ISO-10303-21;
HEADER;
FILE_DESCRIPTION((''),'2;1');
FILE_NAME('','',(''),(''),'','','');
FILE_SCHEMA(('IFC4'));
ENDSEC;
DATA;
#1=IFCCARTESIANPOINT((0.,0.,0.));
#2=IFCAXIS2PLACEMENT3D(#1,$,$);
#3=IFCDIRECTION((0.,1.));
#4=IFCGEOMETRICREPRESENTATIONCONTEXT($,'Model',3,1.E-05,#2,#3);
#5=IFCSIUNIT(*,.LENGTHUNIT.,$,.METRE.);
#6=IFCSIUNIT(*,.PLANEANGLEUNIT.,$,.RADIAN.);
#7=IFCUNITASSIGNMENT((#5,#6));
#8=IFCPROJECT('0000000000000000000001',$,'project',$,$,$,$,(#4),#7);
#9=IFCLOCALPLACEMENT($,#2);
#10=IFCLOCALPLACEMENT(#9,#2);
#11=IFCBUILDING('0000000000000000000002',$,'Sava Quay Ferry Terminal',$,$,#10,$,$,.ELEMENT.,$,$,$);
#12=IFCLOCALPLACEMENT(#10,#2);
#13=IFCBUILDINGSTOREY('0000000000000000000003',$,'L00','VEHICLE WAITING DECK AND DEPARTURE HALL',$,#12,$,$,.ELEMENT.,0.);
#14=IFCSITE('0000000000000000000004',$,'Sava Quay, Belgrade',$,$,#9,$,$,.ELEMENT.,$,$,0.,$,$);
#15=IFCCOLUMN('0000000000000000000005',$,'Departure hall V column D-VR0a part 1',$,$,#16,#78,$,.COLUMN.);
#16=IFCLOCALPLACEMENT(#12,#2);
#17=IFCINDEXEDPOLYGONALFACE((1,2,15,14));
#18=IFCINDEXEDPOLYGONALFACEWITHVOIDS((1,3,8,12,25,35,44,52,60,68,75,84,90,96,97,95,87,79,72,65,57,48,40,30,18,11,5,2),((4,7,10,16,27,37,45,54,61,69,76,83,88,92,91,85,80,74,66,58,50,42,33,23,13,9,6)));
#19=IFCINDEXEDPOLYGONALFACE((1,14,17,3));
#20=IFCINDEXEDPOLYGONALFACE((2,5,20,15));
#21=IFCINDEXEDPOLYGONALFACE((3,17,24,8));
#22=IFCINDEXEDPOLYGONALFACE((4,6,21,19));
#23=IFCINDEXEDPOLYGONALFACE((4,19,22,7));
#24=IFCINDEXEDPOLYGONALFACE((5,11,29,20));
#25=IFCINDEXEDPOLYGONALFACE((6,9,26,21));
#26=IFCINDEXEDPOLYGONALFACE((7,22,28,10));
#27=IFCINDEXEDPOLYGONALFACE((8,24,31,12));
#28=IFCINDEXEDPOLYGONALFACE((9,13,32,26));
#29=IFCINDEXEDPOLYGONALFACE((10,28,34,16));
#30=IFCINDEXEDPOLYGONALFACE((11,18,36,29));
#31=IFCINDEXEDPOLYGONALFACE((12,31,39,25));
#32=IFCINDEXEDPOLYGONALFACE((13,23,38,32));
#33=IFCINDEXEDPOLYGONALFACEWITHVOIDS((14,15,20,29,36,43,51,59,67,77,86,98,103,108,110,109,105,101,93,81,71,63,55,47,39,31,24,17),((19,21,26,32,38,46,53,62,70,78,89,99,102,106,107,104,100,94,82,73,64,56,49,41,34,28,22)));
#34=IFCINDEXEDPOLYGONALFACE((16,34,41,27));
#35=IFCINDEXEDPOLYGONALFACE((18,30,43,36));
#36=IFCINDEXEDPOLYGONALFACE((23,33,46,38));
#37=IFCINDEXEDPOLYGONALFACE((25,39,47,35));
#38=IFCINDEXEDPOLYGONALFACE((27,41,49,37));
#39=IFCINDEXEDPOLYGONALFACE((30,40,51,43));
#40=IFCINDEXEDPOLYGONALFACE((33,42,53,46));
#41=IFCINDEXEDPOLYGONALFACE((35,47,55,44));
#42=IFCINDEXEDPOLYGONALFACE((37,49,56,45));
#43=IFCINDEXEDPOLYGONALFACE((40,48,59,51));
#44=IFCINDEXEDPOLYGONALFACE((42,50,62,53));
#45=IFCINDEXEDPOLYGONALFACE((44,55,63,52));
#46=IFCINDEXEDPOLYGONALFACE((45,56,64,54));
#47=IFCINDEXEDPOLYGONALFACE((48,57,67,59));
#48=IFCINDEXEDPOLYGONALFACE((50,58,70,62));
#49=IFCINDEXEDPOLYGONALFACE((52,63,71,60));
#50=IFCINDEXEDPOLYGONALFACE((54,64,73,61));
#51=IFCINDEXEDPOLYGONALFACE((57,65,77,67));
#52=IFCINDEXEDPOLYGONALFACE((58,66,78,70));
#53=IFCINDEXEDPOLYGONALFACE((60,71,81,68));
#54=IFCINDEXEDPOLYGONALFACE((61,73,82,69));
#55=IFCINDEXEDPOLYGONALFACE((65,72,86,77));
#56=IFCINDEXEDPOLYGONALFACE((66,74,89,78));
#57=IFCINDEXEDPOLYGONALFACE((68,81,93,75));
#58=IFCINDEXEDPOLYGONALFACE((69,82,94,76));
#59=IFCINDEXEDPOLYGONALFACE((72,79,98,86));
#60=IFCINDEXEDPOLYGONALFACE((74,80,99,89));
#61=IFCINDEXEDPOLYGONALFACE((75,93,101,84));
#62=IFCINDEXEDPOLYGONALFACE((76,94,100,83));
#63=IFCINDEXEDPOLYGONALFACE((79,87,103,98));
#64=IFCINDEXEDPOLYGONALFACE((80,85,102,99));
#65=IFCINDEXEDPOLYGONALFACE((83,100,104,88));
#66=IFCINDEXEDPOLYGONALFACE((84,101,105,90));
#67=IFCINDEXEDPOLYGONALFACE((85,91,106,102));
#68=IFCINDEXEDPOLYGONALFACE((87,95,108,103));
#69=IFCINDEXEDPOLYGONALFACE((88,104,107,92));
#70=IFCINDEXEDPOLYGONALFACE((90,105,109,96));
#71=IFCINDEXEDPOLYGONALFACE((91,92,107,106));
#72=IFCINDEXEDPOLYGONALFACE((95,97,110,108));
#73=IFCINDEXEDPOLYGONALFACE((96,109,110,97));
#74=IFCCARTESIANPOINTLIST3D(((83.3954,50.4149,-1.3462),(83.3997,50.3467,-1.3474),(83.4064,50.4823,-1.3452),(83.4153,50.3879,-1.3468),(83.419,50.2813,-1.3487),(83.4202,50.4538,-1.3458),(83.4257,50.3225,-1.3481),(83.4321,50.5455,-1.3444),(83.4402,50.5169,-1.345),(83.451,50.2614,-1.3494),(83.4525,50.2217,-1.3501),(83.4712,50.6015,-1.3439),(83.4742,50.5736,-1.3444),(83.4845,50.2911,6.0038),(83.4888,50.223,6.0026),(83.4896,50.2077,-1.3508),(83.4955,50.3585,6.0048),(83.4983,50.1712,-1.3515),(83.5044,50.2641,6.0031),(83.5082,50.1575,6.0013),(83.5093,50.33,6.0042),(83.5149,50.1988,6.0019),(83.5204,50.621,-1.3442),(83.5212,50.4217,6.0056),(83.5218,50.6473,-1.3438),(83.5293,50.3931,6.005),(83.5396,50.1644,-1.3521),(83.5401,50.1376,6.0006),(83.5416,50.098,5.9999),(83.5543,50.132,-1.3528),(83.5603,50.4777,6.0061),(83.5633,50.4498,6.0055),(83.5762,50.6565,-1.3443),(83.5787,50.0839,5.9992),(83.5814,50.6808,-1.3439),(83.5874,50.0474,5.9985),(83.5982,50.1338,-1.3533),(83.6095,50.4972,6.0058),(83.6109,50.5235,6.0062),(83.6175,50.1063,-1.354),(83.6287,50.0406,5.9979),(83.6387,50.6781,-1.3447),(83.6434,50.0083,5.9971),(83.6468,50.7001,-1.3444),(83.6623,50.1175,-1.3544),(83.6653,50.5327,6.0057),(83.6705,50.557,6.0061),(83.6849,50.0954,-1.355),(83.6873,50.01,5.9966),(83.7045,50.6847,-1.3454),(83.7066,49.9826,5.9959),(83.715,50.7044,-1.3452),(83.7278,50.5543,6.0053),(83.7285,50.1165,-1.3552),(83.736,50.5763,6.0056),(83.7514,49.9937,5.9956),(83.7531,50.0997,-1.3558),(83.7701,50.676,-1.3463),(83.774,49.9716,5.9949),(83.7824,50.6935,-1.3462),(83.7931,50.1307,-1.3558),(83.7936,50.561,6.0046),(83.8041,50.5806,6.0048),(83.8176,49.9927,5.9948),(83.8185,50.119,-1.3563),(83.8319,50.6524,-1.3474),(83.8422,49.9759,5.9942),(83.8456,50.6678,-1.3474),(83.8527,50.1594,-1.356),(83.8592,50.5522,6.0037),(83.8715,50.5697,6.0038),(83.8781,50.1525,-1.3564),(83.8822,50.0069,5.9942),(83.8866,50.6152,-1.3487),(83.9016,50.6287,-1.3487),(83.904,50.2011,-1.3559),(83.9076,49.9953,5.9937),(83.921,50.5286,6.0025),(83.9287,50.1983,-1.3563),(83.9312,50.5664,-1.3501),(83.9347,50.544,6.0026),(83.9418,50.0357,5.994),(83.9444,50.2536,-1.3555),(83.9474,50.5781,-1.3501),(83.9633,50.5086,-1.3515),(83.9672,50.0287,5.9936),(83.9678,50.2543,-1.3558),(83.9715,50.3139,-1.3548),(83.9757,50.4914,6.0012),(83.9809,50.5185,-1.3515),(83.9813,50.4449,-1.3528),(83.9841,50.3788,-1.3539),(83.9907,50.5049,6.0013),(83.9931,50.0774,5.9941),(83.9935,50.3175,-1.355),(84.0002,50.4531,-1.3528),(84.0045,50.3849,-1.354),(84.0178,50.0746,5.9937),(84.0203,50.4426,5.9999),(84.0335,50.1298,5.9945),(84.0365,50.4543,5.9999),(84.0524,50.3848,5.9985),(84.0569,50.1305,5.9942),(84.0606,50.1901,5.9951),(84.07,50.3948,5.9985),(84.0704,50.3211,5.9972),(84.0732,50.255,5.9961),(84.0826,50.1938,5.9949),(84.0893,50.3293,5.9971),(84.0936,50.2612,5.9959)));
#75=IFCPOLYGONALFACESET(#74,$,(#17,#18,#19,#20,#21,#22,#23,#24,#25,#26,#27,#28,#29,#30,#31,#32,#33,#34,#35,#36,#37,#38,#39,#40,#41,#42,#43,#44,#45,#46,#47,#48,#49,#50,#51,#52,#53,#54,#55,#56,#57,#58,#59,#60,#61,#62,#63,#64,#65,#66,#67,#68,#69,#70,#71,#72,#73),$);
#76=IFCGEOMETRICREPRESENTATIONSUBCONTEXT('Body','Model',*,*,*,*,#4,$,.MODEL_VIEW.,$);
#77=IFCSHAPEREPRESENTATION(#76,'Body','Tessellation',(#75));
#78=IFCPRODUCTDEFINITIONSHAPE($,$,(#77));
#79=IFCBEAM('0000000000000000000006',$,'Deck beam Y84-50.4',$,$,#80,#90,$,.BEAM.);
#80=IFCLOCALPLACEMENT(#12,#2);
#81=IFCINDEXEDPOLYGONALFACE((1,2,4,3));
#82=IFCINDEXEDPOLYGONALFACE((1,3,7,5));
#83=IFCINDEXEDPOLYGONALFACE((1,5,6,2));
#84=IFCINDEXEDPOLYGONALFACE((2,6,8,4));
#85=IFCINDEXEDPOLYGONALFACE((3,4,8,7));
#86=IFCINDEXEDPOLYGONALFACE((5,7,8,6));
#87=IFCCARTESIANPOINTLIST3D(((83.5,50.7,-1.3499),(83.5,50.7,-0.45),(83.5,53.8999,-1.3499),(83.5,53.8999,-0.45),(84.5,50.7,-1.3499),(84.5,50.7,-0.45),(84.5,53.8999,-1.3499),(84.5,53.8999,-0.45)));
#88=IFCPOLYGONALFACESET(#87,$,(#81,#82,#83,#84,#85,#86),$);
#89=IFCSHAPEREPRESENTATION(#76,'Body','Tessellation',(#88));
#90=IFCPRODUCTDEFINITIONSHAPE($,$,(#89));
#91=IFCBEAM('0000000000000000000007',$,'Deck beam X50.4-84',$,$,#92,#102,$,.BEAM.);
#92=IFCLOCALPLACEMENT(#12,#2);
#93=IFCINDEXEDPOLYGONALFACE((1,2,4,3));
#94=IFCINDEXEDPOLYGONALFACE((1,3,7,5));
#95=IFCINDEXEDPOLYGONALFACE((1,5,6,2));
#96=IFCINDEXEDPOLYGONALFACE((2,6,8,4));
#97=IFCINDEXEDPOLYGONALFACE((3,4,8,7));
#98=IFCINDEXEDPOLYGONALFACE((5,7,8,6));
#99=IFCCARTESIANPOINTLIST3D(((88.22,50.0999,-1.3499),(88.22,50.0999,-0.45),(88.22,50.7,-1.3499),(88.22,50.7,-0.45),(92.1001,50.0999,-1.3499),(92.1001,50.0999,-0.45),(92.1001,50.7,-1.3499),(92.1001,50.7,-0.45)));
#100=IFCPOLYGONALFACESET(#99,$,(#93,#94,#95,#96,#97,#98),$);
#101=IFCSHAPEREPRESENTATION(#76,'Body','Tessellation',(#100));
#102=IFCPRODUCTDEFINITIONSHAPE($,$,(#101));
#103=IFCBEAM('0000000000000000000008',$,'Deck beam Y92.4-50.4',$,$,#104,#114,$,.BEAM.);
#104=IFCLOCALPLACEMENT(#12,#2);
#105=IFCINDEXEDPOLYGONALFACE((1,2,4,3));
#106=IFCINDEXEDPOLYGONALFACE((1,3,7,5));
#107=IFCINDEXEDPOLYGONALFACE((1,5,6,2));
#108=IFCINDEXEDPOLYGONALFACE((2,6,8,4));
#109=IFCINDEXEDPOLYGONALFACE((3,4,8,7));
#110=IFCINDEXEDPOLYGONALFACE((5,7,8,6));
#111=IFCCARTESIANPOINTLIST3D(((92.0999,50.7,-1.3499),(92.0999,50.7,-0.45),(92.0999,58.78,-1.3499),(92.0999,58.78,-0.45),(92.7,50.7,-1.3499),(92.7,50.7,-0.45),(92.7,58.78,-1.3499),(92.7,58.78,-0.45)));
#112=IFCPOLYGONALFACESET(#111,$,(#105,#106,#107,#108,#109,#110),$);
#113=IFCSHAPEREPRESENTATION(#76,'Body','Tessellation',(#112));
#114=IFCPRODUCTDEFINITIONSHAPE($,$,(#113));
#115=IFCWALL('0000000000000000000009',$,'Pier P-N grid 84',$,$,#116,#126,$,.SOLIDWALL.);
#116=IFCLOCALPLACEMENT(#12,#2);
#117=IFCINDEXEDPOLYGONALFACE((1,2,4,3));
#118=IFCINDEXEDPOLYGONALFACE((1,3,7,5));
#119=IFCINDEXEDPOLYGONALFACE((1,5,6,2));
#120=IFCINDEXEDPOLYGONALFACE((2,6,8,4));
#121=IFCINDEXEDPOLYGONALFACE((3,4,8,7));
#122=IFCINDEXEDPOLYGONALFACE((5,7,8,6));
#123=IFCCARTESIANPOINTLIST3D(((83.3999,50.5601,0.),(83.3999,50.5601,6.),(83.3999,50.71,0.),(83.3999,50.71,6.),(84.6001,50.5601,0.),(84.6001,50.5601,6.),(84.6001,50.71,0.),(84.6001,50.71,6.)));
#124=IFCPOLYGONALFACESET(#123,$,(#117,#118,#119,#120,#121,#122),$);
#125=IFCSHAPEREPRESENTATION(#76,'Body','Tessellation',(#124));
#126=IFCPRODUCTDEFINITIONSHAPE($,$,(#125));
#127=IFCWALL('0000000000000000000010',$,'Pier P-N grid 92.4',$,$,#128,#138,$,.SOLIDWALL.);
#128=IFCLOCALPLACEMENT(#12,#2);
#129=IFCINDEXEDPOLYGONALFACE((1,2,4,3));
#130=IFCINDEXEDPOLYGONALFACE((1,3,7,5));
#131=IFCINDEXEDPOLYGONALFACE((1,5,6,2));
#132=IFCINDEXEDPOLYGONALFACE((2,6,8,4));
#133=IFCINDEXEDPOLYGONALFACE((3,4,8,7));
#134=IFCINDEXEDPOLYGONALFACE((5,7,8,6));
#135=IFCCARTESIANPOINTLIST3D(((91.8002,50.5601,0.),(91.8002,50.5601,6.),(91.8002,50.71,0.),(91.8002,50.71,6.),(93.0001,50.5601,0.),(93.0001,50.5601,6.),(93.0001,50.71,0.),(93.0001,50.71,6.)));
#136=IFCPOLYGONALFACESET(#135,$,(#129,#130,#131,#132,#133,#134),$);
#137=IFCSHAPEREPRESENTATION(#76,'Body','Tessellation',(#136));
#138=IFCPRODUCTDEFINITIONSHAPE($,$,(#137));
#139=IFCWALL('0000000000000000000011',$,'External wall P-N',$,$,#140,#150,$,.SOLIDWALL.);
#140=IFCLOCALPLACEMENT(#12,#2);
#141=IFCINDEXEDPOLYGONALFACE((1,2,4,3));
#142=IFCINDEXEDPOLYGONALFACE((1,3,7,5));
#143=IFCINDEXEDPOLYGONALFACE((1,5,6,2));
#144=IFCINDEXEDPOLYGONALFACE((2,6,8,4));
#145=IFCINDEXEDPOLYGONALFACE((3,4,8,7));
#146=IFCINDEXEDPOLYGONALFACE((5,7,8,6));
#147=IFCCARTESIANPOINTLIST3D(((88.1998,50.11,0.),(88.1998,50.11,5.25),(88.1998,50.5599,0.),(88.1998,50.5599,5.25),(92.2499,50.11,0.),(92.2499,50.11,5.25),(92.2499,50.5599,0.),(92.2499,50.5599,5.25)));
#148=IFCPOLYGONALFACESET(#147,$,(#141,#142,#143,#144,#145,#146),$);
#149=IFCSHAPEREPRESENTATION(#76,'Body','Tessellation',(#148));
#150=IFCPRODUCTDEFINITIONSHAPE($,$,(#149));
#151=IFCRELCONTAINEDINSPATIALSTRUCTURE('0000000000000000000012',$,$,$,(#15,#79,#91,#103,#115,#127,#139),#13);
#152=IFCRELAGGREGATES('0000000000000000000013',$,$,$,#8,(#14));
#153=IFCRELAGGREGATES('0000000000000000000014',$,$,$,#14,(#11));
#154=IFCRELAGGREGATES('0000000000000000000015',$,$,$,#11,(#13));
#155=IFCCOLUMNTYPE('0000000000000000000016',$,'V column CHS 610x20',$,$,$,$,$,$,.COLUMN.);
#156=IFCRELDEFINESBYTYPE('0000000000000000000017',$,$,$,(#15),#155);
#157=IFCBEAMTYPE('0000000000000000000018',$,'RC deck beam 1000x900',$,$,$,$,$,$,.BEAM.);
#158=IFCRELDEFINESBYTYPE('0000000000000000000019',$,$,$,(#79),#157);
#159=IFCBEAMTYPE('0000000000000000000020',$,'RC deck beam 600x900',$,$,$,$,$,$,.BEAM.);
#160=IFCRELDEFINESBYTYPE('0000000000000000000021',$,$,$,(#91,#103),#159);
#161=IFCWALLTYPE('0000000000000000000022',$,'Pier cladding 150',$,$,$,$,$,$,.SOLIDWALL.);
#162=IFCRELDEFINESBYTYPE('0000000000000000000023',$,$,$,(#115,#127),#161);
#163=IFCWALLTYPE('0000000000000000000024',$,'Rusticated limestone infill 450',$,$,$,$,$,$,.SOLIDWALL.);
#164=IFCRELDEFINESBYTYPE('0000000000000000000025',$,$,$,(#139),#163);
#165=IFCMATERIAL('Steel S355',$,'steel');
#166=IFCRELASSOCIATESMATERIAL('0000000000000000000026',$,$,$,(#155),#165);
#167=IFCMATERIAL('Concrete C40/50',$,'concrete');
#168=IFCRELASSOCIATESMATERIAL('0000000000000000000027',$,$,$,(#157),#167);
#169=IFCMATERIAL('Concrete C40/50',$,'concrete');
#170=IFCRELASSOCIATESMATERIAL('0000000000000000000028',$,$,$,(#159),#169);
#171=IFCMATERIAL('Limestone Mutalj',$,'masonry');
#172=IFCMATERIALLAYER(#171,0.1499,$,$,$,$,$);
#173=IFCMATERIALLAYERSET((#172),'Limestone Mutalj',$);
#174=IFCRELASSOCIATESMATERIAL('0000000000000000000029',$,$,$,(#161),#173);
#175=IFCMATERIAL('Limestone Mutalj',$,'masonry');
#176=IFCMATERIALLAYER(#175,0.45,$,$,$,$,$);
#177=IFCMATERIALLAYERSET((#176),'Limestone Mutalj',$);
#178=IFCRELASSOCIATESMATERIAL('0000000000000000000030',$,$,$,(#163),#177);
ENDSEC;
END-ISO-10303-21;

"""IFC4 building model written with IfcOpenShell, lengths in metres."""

from ifc_helpers import new_model, si_unit, direction, frame, frame_2d, origin, origin_2d, place, context, subcontext, project, spatial, rectangle, hollow_circle, extrude, material, layer, layer_set, material_profile, profile_set, type_object, element, save


model = new_model("IFC4")

# Units and contexts
model_context = context("Model", 3, precision=1e-05, world=origin(), true_north=direction((0.0, 1.0)))
body_context = subcontext(model_context, "Body", "Model", "MODEL_VIEW")
ifc_project = project(units=[si_unit("LENGTHUNIT", "METRE"), si_unit("PLANEANGLEUNIT", "RADIAN")], contexts=[model_context])

# Site, building, storey
site_placement = place(None, origin())
site = spatial("IfcSite", under=ifc_project, at=site_placement, Name="Sava Quay, Belgrade", CompositionType="ELEMENT", RefElevation=0.0)
building_placement = place(site_placement, origin())
building = spatial("IfcBuilding", under=site, at=building_placement, Name="Sava Quay Ferry Terminal", CompositionType="ELEMENT")
storey_placement = place(building_placement, origin())
storey = spatial("IfcBuildingStorey", under=building, at=storey_placement, Name="L00", Description="VEHICLE WAITING DECK AND DEPARTURE HALL", CompositionType="ELEMENT", Elevation=0.0)

# Column
ifc_material_1 = material(Name="Steel S355", Category="steel")
ifc_material_profile_1 = material_profile(ifc_material_1, hollow_circle(Radius=0.3049, WallThickness=0.02, at=origin_2d()), Name="CHS 610 x 20.0")
ifc_profile_set_1 = profile_set([ifc_material_profile_1], Name="Steel S355")
column_type_1 = type_object("IfcColumnType", Name="V column CHS 610x20", PredefinedType="COLUMN", material=ifc_profile_set_1)
column_1_placement = place(storey_placement, frame((83.7, 50.3999, -1.3501), z_axis=(0.012121, -0.016837, 0.999785), x_axis=(0.811565, 0.584263, 0.0)))
element("IfcColumn", 1, at=column_1_placement, inside=storey, type_object=column_type_1, Name="Departure hall V column D-VR0a part 1", PredefinedType="COLUMN", context=body_context, shape_type="SweptSolid", body=[
    extrude(hollow_circle(Radius=0.3049, WallThickness=0.02, at=origin_2d()), origin(), (0.0, 0.0, 1.0), 7.3516),
])

# Beams
ifc_material_2 = material(Name="Concrete C40/50", Category="concrete")
ifc_material_profile_2 = material_profile(ifc_material_2, rectangle(XDim=1.0, YDim=0.8999, at=origin_2d()), Name="RC 1000x900")
ifc_profile_set_2 = profile_set([ifc_material_profile_2], Name="Concrete C40/50")
beam_type_1 = type_object("IfcBeamType", Name="RC deck beam 1000x900", PredefinedType="BEAM", material=ifc_profile_set_2)
beam_1_placement = place(storey_placement, frame((84.0, 50.7, -0.8999), z_axis=(0.0, 1.0, 0.0), x_axis=(-1.0, 0.0, 0.0)))
element("IfcBeam", 2, at=beam_1_placement, inside=storey, type_object=beam_type_1, Name="Deck beam Y84-50.4", PredefinedType="BEAM", context=body_context, shape_type="SweptSolid", body=[
    extrude(rectangle(XDim=1.0, YDim=0.8999, at=origin_2d()), origin(), (0.0, 0.0, 1.0), 3.2),
])
ifc_material_3 = material(Name="Concrete C40/50", Category="concrete")
ifc_material_profile_3 = material_profile(ifc_material_3, rectangle(XDim=0.6001, YDim=0.8999, at=origin_2d()), Name="RC 600x900")
ifc_profile_set_3 = profile_set([ifc_material_profile_3], Name="Concrete C40/50")
beam_type_2 = type_object("IfcBeamType", Name="RC deck beam 600x900", PredefinedType="BEAM", material=ifc_profile_set_3)
beam_2_placement = place(storey_placement, frame((88.22, 50.3999, -0.8999), z_axis=(1.0, 0.0, 0.0), x_axis=(0.0, 1.0, 0.0)))
element("IfcBeam", 3, at=beam_2_placement, inside=storey, type_object=beam_type_2, Name="Deck beam X50.4-84", PredefinedType="BEAM", context=body_context, shape_type="SweptSolid", body=[
    extrude(rectangle(XDim=0.6001, YDim=0.8999, at=origin_2d()), origin(), (0.0, 0.0, 1.0), 3.8801),
])
beam_3_placement = place(storey_placement, frame((92.3999, 50.7, -0.8999), z_axis=(0.0, 1.0, 0.0), x_axis=(-1.0, 0.0, 0.0)))
element("IfcBeam", 4, at=beam_3_placement, inside=storey, type_object=beam_type_2, Name="Deck beam Y92.4-50.4", PredefinedType="BEAM", context=body_context, shape_type="SweptSolid", body=[
    extrude(rectangle(XDim=0.6001, YDim=0.8999, at=origin_2d()), origin(), (0.0, 0.0, 1.0), 8.0801),
])

# Walls
ifc_material_4 = material(Name="Limestone Mutalj", Category="masonry")
ifc_layer_1 = layer(ifc_material_4, 0.1499)
ifc_layer_set_1 = layer_set([ifc_layer_1], Name="Limestone Mutalj")
wall_type_1 = type_object("IfcWallType", Name="Pier cladding 150", PredefinedType="SOLIDWALL", material=ifc_layer_set_1)
wall_1_placement = place(storey_placement, frame((83.3999, 50.635, 0.0), z_axis=(0.0, 0.0, 1.0), x_axis=(1.0, 0.0, 0.0)))
element("IfcWall", 5, at=wall_1_placement, inside=storey, type_object=wall_type_1, Name="Pier P-N grid 84", PredefinedType="SOLIDWALL", context=body_context, shape_type="SweptSolid", body=[
    extrude(rectangle(XDim=1.2002, YDim=0.1499, at=frame_2d((0.6001, 0.0))), origin(), (0.0, 0.0, 1.0), 6.0),
])
wall_2_placement = place(storey_placement, frame((91.8, 50.635, 0.0), z_axis=(0.0, 0.0, 1.0), x_axis=(1.0, 0.0, 0.0)))
element("IfcWall", 6, at=wall_2_placement, inside=storey, type_object=wall_type_1, Name="Pier P-N grid 92.4", PredefinedType="SOLIDWALL", context=body_context, shape_type="SweptSolid", body=[
    extrude(rectangle(XDim=1.2, YDim=0.1499, at=frame_2d((0.6001, 0.0))), origin(), (0.0, 0.0, 1.0), 6.0),
])

# Wall
ifc_material_5 = material(Name="Limestone Mutalj", Category="masonry")
ifc_layer_2 = layer(ifc_material_5, 0.45)
ifc_layer_set_2 = layer_set([ifc_layer_2], Name="Limestone Mutalj")
wall_type_2 = type_object("IfcWallType", Name="Rusticated limestone infill 450", PredefinedType="SOLIDWALL", material=ifc_layer_set_2)
wall_3_placement = place(storey_placement, frame((88.2, 50.335, 0.0), z_axis=(0.0, 0.0, 1.0), x_axis=(1.0, 0.0, 0.0)))
element("IfcWall", 7, at=wall_3_placement, inside=storey, type_object=wall_type_2, Name="External wall P-N", PredefinedType="SOLIDWALL", context=body_context, shape_type="SweptSolid", body=[
    extrude(rectangle(XDim=4.05, YDim=0.45, at=frame_2d((2.0249, 0.0))), origin(), (0.0, 0.0, 1.0), 5.25),
])

save(model, "model.ifc")
